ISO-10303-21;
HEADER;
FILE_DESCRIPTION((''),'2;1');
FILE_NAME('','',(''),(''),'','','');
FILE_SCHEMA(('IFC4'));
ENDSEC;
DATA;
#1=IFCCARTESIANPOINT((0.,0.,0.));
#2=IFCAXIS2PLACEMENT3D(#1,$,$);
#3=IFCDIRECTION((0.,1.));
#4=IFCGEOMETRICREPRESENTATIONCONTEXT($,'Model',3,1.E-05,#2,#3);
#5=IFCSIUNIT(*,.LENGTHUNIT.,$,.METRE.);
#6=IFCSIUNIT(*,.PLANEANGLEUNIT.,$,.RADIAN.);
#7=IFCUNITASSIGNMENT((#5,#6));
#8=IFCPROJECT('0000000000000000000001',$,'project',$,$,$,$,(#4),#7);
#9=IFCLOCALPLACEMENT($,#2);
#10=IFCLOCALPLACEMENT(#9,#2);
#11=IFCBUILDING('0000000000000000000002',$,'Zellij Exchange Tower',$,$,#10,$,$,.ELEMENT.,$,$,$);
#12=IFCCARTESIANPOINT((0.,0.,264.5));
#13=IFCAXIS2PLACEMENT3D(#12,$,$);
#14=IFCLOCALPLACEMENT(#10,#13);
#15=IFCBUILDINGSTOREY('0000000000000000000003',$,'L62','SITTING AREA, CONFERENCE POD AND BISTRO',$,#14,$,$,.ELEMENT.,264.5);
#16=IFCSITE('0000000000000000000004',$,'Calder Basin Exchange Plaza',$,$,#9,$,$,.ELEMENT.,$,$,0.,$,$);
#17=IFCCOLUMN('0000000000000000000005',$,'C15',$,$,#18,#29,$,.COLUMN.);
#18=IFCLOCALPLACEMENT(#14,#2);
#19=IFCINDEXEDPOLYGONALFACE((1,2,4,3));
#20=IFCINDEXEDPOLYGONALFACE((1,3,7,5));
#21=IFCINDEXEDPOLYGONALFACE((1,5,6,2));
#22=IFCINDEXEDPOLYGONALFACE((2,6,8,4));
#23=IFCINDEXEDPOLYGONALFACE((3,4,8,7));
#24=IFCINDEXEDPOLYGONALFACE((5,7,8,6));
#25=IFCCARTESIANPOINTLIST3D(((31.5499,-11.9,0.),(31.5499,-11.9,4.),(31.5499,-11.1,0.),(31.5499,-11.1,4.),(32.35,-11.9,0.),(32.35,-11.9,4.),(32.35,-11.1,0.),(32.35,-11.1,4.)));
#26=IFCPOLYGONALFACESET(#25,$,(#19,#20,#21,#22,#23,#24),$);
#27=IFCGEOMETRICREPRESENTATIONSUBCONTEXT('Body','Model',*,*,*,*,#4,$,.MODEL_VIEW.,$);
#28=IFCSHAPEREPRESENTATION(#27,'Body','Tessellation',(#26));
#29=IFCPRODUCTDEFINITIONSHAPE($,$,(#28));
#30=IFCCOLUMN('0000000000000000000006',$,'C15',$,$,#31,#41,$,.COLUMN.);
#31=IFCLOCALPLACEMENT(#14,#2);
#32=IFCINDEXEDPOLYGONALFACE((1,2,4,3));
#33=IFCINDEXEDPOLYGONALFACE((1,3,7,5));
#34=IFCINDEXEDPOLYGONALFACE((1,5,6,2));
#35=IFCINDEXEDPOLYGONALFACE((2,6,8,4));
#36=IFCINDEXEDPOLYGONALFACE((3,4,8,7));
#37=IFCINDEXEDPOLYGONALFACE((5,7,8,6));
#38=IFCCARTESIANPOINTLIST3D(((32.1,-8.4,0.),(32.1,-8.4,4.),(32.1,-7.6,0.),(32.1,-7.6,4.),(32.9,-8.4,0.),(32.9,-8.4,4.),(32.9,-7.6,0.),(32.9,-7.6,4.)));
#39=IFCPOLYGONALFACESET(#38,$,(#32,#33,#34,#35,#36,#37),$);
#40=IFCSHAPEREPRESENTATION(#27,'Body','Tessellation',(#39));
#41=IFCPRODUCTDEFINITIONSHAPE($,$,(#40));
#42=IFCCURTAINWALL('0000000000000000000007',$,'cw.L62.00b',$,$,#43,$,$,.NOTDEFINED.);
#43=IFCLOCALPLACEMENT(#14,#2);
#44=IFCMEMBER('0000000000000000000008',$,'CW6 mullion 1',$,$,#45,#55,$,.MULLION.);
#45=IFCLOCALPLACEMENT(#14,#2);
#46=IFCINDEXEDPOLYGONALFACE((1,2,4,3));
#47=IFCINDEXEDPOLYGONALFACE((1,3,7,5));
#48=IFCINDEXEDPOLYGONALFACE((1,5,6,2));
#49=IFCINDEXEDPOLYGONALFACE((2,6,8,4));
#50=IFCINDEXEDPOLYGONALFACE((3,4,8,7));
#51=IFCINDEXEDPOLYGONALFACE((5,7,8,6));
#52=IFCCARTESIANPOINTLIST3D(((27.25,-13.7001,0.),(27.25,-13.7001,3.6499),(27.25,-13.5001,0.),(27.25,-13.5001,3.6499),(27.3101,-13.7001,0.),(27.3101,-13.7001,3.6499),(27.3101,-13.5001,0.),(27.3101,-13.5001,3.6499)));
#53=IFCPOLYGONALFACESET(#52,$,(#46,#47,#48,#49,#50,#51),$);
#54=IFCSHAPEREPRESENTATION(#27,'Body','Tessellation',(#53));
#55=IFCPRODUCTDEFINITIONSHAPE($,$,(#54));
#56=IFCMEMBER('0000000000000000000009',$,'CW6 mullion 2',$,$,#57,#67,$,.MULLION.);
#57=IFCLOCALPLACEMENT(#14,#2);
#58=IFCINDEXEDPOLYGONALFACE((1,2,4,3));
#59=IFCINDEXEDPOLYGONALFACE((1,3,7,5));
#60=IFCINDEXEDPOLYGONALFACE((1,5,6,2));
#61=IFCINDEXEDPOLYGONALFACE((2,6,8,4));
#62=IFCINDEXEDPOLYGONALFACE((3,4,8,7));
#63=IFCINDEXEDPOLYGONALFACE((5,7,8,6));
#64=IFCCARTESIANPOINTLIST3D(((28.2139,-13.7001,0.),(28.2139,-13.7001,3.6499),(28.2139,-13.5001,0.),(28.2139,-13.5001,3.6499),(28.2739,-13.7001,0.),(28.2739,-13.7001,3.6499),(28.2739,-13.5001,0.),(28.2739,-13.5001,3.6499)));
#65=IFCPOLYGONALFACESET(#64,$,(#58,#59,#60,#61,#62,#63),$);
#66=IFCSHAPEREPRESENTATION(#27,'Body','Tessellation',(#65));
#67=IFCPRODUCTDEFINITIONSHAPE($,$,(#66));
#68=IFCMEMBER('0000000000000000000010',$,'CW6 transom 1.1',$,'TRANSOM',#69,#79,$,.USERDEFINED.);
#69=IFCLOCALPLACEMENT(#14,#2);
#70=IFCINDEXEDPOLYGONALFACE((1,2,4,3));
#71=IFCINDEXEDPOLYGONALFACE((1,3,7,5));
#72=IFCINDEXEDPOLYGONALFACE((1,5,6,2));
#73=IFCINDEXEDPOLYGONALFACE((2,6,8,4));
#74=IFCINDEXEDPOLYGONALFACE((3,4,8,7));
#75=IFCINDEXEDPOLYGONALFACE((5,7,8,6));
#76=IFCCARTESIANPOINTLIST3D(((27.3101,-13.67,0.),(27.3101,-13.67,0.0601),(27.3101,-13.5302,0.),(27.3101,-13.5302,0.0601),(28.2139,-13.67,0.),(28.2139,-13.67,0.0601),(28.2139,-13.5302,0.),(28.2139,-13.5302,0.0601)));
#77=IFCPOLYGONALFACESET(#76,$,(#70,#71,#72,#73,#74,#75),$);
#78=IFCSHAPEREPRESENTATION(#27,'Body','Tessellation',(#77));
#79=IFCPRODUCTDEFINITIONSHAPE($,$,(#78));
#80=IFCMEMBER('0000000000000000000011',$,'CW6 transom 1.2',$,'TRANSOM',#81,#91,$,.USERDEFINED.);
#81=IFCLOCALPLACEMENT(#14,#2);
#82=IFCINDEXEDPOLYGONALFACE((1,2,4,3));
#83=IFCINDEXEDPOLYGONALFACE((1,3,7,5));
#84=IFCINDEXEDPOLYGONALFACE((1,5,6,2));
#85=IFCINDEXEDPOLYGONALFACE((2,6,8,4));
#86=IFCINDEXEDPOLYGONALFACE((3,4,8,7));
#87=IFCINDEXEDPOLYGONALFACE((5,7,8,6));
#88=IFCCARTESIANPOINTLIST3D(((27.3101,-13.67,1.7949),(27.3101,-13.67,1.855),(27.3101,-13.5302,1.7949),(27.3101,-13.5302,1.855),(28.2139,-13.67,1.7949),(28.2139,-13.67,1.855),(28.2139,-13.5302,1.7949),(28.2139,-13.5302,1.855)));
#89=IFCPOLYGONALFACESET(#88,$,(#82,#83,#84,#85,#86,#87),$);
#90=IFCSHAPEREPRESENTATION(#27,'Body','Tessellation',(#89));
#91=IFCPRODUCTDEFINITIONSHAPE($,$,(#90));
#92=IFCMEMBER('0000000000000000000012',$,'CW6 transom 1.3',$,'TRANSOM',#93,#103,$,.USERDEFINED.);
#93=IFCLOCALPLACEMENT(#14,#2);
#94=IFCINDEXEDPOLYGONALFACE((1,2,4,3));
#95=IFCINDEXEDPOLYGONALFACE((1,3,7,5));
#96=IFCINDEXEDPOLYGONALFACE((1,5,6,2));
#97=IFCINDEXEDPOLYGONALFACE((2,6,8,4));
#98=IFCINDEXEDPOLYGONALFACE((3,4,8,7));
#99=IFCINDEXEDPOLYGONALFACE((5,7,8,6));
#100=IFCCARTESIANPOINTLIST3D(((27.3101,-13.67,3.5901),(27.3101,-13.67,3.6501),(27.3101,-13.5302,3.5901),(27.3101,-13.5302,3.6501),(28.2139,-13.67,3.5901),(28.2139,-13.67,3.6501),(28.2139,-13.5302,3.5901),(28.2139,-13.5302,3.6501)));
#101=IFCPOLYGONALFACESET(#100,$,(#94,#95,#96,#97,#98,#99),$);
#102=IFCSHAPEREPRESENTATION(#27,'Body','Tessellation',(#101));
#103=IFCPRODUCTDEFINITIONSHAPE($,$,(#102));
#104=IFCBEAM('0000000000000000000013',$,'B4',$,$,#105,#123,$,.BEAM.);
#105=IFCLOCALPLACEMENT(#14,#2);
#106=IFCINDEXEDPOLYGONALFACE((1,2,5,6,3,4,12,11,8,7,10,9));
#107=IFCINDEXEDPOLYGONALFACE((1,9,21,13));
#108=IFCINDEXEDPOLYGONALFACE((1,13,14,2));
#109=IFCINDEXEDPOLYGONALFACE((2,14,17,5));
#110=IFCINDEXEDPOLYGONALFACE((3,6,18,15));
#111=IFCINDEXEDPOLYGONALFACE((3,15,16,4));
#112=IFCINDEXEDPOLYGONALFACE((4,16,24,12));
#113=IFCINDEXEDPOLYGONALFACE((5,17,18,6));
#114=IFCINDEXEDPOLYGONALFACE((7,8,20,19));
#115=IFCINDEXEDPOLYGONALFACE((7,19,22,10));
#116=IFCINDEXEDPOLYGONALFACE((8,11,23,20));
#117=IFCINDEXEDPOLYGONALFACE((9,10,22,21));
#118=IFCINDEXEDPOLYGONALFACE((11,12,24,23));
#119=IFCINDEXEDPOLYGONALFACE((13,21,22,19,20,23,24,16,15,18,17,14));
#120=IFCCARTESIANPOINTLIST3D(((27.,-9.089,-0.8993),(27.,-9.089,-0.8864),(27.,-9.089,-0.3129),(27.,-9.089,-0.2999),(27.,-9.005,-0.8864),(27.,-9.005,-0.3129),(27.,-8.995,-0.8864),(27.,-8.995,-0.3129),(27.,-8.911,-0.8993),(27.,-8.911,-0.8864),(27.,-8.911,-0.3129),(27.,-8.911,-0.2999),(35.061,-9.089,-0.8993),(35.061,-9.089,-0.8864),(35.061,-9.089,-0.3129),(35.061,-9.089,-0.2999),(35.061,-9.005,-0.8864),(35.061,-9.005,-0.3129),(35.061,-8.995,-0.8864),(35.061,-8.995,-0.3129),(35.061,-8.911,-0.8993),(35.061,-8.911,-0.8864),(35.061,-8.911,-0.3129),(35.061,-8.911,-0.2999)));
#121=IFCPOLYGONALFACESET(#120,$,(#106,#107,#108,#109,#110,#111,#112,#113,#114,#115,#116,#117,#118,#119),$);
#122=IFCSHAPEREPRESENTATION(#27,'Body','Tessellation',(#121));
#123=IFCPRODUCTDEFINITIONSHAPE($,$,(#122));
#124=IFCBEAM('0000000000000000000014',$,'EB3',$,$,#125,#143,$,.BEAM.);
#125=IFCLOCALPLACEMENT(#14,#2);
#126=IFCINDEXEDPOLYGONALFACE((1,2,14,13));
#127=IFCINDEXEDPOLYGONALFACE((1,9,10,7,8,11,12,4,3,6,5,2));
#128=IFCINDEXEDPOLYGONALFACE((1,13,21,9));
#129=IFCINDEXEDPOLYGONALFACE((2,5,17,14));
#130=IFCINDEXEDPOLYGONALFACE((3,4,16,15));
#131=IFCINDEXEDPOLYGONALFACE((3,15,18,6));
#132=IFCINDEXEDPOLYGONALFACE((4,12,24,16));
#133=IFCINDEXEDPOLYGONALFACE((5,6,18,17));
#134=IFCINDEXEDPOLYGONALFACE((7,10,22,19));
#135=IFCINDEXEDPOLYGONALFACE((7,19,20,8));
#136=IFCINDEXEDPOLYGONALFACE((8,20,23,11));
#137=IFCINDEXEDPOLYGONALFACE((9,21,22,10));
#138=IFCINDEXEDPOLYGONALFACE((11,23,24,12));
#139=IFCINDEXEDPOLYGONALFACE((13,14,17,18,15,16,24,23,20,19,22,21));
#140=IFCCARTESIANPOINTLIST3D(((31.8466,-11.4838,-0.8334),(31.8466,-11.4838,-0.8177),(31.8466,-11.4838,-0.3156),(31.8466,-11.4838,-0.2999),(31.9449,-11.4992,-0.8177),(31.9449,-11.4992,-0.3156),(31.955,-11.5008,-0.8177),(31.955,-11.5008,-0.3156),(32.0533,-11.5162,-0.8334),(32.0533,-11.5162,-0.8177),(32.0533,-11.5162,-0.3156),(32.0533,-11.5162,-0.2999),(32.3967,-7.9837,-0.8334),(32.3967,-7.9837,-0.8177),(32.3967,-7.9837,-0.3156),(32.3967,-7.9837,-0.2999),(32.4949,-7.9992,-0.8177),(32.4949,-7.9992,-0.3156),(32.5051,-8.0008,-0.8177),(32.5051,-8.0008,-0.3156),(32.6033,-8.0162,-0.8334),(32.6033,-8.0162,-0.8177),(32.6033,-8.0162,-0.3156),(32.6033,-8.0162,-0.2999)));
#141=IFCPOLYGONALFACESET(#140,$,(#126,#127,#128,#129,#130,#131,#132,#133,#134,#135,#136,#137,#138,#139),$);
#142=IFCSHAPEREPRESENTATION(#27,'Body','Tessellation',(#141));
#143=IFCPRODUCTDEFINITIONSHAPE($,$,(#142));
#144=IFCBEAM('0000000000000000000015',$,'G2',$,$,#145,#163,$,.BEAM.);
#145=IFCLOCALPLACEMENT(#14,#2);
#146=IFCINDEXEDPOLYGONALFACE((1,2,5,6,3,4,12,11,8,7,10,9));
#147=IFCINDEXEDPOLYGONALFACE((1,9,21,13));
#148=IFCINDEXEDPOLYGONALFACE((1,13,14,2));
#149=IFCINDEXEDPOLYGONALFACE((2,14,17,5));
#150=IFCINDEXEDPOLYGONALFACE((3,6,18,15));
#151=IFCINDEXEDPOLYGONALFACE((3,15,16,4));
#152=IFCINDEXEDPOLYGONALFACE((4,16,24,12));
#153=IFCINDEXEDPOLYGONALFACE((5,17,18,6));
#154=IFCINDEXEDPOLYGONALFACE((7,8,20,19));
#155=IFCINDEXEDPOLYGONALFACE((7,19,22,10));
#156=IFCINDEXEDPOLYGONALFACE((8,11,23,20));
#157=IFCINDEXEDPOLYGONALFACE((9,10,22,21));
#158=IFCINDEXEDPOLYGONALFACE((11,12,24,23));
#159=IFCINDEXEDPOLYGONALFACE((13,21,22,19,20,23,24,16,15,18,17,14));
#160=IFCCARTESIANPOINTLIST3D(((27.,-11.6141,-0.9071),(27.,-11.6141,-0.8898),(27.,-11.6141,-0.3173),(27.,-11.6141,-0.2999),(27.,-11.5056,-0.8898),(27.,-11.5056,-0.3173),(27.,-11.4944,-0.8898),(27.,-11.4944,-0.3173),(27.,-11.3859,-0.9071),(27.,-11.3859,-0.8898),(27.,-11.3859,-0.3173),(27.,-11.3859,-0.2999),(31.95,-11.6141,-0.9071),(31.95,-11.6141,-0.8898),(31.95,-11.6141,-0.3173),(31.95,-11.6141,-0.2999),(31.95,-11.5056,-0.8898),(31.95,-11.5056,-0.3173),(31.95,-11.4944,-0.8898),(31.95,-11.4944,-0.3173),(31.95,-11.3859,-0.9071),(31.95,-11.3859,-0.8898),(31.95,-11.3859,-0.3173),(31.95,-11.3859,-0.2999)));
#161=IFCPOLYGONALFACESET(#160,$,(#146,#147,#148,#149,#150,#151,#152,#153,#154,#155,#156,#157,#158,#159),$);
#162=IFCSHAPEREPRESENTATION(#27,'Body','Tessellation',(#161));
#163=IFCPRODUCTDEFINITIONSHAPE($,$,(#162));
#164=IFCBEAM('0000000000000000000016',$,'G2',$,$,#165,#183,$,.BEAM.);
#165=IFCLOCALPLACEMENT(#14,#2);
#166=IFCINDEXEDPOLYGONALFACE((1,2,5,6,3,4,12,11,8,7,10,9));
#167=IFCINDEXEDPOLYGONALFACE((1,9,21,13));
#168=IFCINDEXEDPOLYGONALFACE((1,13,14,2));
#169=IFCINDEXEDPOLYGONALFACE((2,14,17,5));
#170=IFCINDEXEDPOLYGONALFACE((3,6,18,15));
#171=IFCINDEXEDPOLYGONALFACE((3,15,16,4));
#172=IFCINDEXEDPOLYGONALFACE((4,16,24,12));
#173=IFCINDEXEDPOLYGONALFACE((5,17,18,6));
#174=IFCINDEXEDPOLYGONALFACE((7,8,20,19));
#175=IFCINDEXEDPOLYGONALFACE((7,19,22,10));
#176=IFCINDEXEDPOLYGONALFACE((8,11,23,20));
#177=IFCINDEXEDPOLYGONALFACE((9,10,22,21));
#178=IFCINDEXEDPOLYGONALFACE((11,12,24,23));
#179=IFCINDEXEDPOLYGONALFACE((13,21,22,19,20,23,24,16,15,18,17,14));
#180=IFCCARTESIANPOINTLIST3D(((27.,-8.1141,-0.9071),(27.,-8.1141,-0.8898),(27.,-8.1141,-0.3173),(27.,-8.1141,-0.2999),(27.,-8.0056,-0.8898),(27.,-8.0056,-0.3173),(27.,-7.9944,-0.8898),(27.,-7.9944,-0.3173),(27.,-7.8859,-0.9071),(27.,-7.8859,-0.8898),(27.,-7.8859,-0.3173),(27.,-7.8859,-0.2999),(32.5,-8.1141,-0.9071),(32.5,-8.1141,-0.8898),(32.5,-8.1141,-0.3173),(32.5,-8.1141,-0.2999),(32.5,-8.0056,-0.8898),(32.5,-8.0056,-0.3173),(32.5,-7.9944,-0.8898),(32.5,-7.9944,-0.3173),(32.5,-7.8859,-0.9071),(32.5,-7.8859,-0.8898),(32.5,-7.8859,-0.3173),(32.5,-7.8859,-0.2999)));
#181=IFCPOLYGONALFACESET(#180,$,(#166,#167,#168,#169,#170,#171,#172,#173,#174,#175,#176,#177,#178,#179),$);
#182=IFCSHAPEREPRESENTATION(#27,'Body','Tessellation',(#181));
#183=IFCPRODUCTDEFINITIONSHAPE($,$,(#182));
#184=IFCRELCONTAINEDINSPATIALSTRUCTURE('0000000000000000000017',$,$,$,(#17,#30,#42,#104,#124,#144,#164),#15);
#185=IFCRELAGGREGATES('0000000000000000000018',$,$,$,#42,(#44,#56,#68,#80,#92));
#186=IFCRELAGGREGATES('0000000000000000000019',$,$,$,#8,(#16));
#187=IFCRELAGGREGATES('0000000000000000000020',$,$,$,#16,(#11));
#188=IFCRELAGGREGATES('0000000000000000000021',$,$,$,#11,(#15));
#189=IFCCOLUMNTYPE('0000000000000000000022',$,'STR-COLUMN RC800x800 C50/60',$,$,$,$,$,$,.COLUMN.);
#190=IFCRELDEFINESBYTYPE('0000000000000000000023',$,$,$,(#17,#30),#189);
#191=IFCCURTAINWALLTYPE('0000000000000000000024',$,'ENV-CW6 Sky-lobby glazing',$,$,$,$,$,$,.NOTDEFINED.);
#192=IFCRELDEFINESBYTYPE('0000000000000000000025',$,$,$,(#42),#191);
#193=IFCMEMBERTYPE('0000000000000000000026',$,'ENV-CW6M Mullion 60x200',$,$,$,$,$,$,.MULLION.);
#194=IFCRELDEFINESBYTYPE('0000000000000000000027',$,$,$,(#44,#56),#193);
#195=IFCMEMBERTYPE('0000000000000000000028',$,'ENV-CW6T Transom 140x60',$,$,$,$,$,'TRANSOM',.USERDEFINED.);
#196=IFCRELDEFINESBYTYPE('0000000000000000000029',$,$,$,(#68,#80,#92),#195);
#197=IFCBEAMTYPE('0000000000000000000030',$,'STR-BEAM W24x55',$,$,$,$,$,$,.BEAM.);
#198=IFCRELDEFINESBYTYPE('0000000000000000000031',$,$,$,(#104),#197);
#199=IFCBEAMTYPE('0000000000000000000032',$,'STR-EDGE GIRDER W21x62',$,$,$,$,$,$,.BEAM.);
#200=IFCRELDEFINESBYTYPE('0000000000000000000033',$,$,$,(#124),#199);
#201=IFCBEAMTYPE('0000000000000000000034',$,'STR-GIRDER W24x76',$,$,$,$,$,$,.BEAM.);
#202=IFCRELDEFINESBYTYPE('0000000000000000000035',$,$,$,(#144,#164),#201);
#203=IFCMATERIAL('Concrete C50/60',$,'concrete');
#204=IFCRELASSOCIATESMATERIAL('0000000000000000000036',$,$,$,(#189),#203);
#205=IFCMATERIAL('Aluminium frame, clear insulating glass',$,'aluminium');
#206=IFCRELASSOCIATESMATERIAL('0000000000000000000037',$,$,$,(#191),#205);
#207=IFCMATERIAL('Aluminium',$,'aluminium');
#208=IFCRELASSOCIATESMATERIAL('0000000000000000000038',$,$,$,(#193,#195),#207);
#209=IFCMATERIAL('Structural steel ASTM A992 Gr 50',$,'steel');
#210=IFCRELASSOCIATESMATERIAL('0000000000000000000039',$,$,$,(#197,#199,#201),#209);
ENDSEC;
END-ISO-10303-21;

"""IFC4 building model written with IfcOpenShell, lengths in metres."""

from ifc_helpers import new_model, si_unit, direction, frame, origin, origin_2d, place, context, subcontext, project, spatial, rectangle, i_section, extrude, material, material_profile, profile_set, type_object, element, aggregate, save


model = new_model("IFC4")

# Units and contexts
model_context = context("Model", 3, precision=1e-05, world=origin(), true_north=direction((0.0, 1.0)))
body_context = subcontext(model_context, "Body", "Model", "MODEL_VIEW")
ifc_project = project(units=[si_unit("LENGTHUNIT", "METRE"), si_unit("PLANEANGLEUNIT", "RADIAN")], contexts=[model_context])

# Site, building, storey
site_placement = place(None, origin())
site = spatial("IfcSite", under=ifc_project, at=site_placement, Name="Calder Basin Exchange Plaza", CompositionType="ELEMENT", RefElevation=0.0)
building_placement = place(site_placement, origin())
building = spatial("IfcBuilding", under=site, at=building_placement, Name="Zellij Exchange Tower", CompositionType="ELEMENT")
storey_placement = place(building_placement, frame((0.0, 0.0, 264.5)))
storey = spatial("IfcBuildingStorey", under=building, at=storey_placement, Name="L62", Description="SITTING AREA, CONFERENCE POD AND BISTRO", CompositionType="ELEMENT", Elevation=264.5)

# Columns
ifc_material_1 = material(Name="Concrete C50/60", Category="concrete")
ifc_material_profile_1 = material_profile(ifc_material_1, rectangle(XDim=0.8, YDim=0.8, at=origin_2d()), Name="STR-COLUMN RC800x800 C50/60")
ifc_profile_set_1 = profile_set([ifc_material_profile_1], Name="Concrete C50/60")
column_type = type_object("IfcColumnType", Name="STR-COLUMN RC800x800 C50/60", PredefinedType="COLUMN", material=ifc_profile_set_1)
for number, where, z_axis, x_axis, name in (
    (1, (31.95, -11.5, 0.0), (0.0, 0.0, 1.0), (1.0, 0.0, 0.0), "C15"),
    (2, (32.5, -8.0, 0.0), (0.0, 0.0, 1.0), (1.0, 0.0, 0.0), "C15"),
):
    element("IfcColumn", number, at=place(storey_placement, frame(where, z_axis=z_axis, x_axis=x_axis)), inside=storey, type_object=column_type, Name=name, PredefinedType="COLUMN", context=body_context, shape_type="SweptSolid", body=[
        extrude(rectangle(XDim=0.8, YDim=0.8, at=origin_2d()), origin(), (0.0, 0.0, 1.0), 4.0),
    ])

# Curtain wall, members
ifc_material_2 = material(Name="Aluminium frame, clear insulating glass", Category="aluminium")
curtain_wall_type = type_object("IfcCurtainWallType", Name="ENV-CW6 Sky-lobby glazing", PredefinedType="NOTDEFINED", material=ifc_material_2)
curtain_wall_placement = place(storey_placement, origin())
curtain_wall = element("IfcCurtainWall", 3, at=curtain_wall_placement, inside=storey, type_object=curtain_wall_type, Name="cw.L62.00b", PredefinedType="NOTDEFINED")
ifc_material_3 = material(Name="Aluminium", Category="aluminium")
ifc_material_profile_2 = material_profile(ifc_material_3, rectangle(XDim=0.0601, YDim=0.2, at=origin_2d()), Name="AL 60x200")
ifc_profile_set_2 = profile_set([ifc_material_profile_2], Name="Aluminium")
member_type_1 = type_object("IfcMemberType", Name="ENV-CW6M Mullion 60x200", PredefinedType="MULLION", material=ifc_profile_set_2)
member_1_placement = place(storey_placement, frame((27.28, -13.6001, 0.0), z_axis=(0.0, 0.0, 1.0), x_axis=(1.0, 0.0, 0.0)))
member_1 = element("IfcMember", 4, at=member_1_placement, type_object=member_type_1, Name="CW6 mullion 1", PredefinedType="MULLION", context=body_context, shape_type="SweptSolid", body=[
    extrude(rectangle(XDim=0.0601, YDim=0.2, at=origin_2d()), origin(), (0.0, 0.0, 1.0), 3.6499),
])
member_2_placement = place(storey_placement, frame((28.2439, -13.6001, 0.0), z_axis=(0.0, 0.0, 1.0), x_axis=(1.0, 0.0, 0.0)))
member_2 = element("IfcMember", 5, at=member_2_placement, type_object=member_type_1, Name="CW6 mullion 2", PredefinedType="MULLION", context=body_context, shape_type="SweptSolid", body=[
    extrude(rectangle(XDim=0.0601, YDim=0.2, at=origin_2d()), origin(), (0.0, 0.0, 1.0), 3.6499),
])
ifc_material_profile_3 = material_profile(ifc_material_3, rectangle(XDim=0.1399, YDim=0.0601, at=origin_2d()), Name="AL 140x60")
ifc_profile_set_3 = profile_set([ifc_material_profile_3], Name="Aluminium")
member_type_2 = type_object("IfcMemberType", Name="ENV-CW6T Transom 140x60", ElementType="TRANSOM", PredefinedType="USERDEFINED", material=ifc_profile_set_3)
member_3_placement = place(storey_placement, frame((27.3101, -13.6001, 0.03), z_axis=(1.0, 0.0, 0.0), x_axis=(0.0, 1.0, 0.0)))
member_3 = element("IfcMember", 6, at=member_3_placement, type_object=member_type_2, Name="CW6 transom 1.1", ObjectType="TRANSOM", PredefinedType="USERDEFINED", context=body_context, shape_type="SweptSolid", body=[
    extrude(rectangle(XDim=0.1399, YDim=0.0601, at=origin_2d()), origin(), (0.0, 0.0, 1.0), 0.9038),
])
member_4_placement = place(storey_placement, frame((27.3101, -13.6001, 1.825), z_axis=(1.0, 0.0, 0.0), x_axis=(0.0, 1.0, 0.0)))
member_4 = element("IfcMember", 7, at=member_4_placement, type_object=member_type_2, Name="CW6 transom 1.2", ObjectType="TRANSOM", PredefinedType="USERDEFINED", context=body_context, shape_type="SweptSolid", body=[
    extrude(rectangle(XDim=0.1399, YDim=0.0601, at=origin_2d()), origin(), (0.0, 0.0, 1.0), 0.9038),
])
member_5_placement = place(storey_placement, frame((27.3101, -13.6001, 3.6201), z_axis=(1.0, 0.0, 0.0), x_axis=(0.0, 1.0, 0.0)))
member_5 = element("IfcMember", 8, at=member_5_placement, type_object=member_type_2, Name="CW6 transom 1.3", ObjectType="TRANSOM", PredefinedType="USERDEFINED", context=body_context, shape_type="SweptSolid", body=[
    extrude(rectangle(XDim=0.1399, YDim=0.0601, at=origin_2d()), origin(), (0.0, 0.0, 1.0), 0.9038),
])

# Beams
ifc_material_4 = material(Name="Structural steel ASTM A992 Gr 50", Category="steel")
ifc_material_profile_4 = material_profile(ifc_material_4, i_section(OverallWidth=0.178, OverallDepth=0.5994, WebThickness=0.01, FlangeThickness=0.0129, at=origin_2d()), Name="W24x55")
ifc_profile_set_4 = profile_set([ifc_material_profile_4], Name="Structural steel ASTM A992 Gr 50")
beam_type_1 = type_object("IfcBeamType", Name="STR-BEAM W24x55", PredefinedType="BEAM", material=ifc_profile_set_4)
beam_1_placement = place(storey_placement, frame((27.0, -9.0, -0.5996), z_axis=(1.0, 0.0, 0.0), x_axis=(0.0, 1.0, 0.0)))
element("IfcBeam", 9, at=beam_1_placement, inside=storey, type_object=beam_type_1, Name="B4", PredefinedType="BEAM", context=body_context, shape_type="SweptSolid", body=[
    extrude(i_section(OverallWidth=0.178, OverallDepth=0.5994, WebThickness=0.01, FlangeThickness=0.0129, at=origin_2d()), origin(), (0.0, 0.0, 1.0), 8.061),
])
ifc_material_profile_5 = material_profile(ifc_material_4, i_section(OverallWidth=0.2092, OverallDepth=0.5334, WebThickness=0.0103, FlangeThickness=0.0156, at=origin_2d()), Name="W21x62")
ifc_profile_set_5 = profile_set([ifc_material_profile_5], Name="Structural steel ASTM A992 Gr 50")
beam_type_2 = type_object("IfcBeamType", Name="STR-EDGE GIRDER W21x62", PredefinedType="BEAM", material=ifc_profile_set_5)
beam_2_placement = place(storey_placement, frame((31.95, -11.5, -0.5667), z_axis=(0.155251, 0.987875, 0.0), x_axis=(-0.987875, 0.155251, 0.0)))
element("IfcBeam", 10, at=beam_2_placement, inside=storey, type_object=beam_type_2, Name="EB3", PredefinedType="BEAM", context=body_context, shape_type="SweptSolid", body=[
    extrude(i_section(OverallWidth=0.2092, OverallDepth=0.5334, WebThickness=0.0103, FlangeThickness=0.0156, at=origin_2d()), origin(), (0.0, 0.0, 1.0), 3.543),
])
ifc_material_profile_6 = material_profile(ifc_material_4, i_section(OverallWidth=0.2283, OverallDepth=0.6072, WebThickness=0.0112, FlangeThickness=0.0173, at=origin_2d()), Name="W24x76")
ifc_profile_set_6 = profile_set([ifc_material_profile_6], Name="Structural steel ASTM A992 Gr 50")
beam_type_3 = type_object("IfcBeamType", Name="STR-GIRDER W24x76", PredefinedType="BEAM", material=ifc_profile_set_6)
beam_3_placement = place(storey_placement, frame((27.0, -11.5, -0.6035), z_axis=(1.0, 0.0, 0.0), x_axis=(0.0, 1.0, 0.0)))
element("IfcBeam", 11, at=beam_3_placement, inside=storey, type_object=beam_type_3, Name="G2", PredefinedType="BEAM", context=body_context, shape_type="SweptSolid", body=[
    extrude(i_section(OverallWidth=0.2283, OverallDepth=0.6072, WebThickness=0.0112, FlangeThickness=0.0173, at=origin_2d()), origin(), (0.0, 0.0, 1.0), 4.95),
])
beam_4_placement = place(storey_placement, frame((27.0, -8.0, -0.6035), z_axis=(1.0, 0.0, 0.0), x_axis=(0.0, 1.0, 0.0)))
element("IfcBeam", 12, at=beam_4_placement, inside=storey, type_object=beam_type_3, Name="G2", PredefinedType="BEAM", context=body_context, shape_type="SweptSolid", body=[
    extrude(i_section(OverallWidth=0.2283, OverallDepth=0.6072, WebThickness=0.0112, FlangeThickness=0.0173, at=origin_2d()), origin(), (0.0, 0.0, 1.0), 5.5),
])

aggregate(curtain_wall, [member_1, member_2, member_3, member_4, member_5])

save(model, "model.ifc")
